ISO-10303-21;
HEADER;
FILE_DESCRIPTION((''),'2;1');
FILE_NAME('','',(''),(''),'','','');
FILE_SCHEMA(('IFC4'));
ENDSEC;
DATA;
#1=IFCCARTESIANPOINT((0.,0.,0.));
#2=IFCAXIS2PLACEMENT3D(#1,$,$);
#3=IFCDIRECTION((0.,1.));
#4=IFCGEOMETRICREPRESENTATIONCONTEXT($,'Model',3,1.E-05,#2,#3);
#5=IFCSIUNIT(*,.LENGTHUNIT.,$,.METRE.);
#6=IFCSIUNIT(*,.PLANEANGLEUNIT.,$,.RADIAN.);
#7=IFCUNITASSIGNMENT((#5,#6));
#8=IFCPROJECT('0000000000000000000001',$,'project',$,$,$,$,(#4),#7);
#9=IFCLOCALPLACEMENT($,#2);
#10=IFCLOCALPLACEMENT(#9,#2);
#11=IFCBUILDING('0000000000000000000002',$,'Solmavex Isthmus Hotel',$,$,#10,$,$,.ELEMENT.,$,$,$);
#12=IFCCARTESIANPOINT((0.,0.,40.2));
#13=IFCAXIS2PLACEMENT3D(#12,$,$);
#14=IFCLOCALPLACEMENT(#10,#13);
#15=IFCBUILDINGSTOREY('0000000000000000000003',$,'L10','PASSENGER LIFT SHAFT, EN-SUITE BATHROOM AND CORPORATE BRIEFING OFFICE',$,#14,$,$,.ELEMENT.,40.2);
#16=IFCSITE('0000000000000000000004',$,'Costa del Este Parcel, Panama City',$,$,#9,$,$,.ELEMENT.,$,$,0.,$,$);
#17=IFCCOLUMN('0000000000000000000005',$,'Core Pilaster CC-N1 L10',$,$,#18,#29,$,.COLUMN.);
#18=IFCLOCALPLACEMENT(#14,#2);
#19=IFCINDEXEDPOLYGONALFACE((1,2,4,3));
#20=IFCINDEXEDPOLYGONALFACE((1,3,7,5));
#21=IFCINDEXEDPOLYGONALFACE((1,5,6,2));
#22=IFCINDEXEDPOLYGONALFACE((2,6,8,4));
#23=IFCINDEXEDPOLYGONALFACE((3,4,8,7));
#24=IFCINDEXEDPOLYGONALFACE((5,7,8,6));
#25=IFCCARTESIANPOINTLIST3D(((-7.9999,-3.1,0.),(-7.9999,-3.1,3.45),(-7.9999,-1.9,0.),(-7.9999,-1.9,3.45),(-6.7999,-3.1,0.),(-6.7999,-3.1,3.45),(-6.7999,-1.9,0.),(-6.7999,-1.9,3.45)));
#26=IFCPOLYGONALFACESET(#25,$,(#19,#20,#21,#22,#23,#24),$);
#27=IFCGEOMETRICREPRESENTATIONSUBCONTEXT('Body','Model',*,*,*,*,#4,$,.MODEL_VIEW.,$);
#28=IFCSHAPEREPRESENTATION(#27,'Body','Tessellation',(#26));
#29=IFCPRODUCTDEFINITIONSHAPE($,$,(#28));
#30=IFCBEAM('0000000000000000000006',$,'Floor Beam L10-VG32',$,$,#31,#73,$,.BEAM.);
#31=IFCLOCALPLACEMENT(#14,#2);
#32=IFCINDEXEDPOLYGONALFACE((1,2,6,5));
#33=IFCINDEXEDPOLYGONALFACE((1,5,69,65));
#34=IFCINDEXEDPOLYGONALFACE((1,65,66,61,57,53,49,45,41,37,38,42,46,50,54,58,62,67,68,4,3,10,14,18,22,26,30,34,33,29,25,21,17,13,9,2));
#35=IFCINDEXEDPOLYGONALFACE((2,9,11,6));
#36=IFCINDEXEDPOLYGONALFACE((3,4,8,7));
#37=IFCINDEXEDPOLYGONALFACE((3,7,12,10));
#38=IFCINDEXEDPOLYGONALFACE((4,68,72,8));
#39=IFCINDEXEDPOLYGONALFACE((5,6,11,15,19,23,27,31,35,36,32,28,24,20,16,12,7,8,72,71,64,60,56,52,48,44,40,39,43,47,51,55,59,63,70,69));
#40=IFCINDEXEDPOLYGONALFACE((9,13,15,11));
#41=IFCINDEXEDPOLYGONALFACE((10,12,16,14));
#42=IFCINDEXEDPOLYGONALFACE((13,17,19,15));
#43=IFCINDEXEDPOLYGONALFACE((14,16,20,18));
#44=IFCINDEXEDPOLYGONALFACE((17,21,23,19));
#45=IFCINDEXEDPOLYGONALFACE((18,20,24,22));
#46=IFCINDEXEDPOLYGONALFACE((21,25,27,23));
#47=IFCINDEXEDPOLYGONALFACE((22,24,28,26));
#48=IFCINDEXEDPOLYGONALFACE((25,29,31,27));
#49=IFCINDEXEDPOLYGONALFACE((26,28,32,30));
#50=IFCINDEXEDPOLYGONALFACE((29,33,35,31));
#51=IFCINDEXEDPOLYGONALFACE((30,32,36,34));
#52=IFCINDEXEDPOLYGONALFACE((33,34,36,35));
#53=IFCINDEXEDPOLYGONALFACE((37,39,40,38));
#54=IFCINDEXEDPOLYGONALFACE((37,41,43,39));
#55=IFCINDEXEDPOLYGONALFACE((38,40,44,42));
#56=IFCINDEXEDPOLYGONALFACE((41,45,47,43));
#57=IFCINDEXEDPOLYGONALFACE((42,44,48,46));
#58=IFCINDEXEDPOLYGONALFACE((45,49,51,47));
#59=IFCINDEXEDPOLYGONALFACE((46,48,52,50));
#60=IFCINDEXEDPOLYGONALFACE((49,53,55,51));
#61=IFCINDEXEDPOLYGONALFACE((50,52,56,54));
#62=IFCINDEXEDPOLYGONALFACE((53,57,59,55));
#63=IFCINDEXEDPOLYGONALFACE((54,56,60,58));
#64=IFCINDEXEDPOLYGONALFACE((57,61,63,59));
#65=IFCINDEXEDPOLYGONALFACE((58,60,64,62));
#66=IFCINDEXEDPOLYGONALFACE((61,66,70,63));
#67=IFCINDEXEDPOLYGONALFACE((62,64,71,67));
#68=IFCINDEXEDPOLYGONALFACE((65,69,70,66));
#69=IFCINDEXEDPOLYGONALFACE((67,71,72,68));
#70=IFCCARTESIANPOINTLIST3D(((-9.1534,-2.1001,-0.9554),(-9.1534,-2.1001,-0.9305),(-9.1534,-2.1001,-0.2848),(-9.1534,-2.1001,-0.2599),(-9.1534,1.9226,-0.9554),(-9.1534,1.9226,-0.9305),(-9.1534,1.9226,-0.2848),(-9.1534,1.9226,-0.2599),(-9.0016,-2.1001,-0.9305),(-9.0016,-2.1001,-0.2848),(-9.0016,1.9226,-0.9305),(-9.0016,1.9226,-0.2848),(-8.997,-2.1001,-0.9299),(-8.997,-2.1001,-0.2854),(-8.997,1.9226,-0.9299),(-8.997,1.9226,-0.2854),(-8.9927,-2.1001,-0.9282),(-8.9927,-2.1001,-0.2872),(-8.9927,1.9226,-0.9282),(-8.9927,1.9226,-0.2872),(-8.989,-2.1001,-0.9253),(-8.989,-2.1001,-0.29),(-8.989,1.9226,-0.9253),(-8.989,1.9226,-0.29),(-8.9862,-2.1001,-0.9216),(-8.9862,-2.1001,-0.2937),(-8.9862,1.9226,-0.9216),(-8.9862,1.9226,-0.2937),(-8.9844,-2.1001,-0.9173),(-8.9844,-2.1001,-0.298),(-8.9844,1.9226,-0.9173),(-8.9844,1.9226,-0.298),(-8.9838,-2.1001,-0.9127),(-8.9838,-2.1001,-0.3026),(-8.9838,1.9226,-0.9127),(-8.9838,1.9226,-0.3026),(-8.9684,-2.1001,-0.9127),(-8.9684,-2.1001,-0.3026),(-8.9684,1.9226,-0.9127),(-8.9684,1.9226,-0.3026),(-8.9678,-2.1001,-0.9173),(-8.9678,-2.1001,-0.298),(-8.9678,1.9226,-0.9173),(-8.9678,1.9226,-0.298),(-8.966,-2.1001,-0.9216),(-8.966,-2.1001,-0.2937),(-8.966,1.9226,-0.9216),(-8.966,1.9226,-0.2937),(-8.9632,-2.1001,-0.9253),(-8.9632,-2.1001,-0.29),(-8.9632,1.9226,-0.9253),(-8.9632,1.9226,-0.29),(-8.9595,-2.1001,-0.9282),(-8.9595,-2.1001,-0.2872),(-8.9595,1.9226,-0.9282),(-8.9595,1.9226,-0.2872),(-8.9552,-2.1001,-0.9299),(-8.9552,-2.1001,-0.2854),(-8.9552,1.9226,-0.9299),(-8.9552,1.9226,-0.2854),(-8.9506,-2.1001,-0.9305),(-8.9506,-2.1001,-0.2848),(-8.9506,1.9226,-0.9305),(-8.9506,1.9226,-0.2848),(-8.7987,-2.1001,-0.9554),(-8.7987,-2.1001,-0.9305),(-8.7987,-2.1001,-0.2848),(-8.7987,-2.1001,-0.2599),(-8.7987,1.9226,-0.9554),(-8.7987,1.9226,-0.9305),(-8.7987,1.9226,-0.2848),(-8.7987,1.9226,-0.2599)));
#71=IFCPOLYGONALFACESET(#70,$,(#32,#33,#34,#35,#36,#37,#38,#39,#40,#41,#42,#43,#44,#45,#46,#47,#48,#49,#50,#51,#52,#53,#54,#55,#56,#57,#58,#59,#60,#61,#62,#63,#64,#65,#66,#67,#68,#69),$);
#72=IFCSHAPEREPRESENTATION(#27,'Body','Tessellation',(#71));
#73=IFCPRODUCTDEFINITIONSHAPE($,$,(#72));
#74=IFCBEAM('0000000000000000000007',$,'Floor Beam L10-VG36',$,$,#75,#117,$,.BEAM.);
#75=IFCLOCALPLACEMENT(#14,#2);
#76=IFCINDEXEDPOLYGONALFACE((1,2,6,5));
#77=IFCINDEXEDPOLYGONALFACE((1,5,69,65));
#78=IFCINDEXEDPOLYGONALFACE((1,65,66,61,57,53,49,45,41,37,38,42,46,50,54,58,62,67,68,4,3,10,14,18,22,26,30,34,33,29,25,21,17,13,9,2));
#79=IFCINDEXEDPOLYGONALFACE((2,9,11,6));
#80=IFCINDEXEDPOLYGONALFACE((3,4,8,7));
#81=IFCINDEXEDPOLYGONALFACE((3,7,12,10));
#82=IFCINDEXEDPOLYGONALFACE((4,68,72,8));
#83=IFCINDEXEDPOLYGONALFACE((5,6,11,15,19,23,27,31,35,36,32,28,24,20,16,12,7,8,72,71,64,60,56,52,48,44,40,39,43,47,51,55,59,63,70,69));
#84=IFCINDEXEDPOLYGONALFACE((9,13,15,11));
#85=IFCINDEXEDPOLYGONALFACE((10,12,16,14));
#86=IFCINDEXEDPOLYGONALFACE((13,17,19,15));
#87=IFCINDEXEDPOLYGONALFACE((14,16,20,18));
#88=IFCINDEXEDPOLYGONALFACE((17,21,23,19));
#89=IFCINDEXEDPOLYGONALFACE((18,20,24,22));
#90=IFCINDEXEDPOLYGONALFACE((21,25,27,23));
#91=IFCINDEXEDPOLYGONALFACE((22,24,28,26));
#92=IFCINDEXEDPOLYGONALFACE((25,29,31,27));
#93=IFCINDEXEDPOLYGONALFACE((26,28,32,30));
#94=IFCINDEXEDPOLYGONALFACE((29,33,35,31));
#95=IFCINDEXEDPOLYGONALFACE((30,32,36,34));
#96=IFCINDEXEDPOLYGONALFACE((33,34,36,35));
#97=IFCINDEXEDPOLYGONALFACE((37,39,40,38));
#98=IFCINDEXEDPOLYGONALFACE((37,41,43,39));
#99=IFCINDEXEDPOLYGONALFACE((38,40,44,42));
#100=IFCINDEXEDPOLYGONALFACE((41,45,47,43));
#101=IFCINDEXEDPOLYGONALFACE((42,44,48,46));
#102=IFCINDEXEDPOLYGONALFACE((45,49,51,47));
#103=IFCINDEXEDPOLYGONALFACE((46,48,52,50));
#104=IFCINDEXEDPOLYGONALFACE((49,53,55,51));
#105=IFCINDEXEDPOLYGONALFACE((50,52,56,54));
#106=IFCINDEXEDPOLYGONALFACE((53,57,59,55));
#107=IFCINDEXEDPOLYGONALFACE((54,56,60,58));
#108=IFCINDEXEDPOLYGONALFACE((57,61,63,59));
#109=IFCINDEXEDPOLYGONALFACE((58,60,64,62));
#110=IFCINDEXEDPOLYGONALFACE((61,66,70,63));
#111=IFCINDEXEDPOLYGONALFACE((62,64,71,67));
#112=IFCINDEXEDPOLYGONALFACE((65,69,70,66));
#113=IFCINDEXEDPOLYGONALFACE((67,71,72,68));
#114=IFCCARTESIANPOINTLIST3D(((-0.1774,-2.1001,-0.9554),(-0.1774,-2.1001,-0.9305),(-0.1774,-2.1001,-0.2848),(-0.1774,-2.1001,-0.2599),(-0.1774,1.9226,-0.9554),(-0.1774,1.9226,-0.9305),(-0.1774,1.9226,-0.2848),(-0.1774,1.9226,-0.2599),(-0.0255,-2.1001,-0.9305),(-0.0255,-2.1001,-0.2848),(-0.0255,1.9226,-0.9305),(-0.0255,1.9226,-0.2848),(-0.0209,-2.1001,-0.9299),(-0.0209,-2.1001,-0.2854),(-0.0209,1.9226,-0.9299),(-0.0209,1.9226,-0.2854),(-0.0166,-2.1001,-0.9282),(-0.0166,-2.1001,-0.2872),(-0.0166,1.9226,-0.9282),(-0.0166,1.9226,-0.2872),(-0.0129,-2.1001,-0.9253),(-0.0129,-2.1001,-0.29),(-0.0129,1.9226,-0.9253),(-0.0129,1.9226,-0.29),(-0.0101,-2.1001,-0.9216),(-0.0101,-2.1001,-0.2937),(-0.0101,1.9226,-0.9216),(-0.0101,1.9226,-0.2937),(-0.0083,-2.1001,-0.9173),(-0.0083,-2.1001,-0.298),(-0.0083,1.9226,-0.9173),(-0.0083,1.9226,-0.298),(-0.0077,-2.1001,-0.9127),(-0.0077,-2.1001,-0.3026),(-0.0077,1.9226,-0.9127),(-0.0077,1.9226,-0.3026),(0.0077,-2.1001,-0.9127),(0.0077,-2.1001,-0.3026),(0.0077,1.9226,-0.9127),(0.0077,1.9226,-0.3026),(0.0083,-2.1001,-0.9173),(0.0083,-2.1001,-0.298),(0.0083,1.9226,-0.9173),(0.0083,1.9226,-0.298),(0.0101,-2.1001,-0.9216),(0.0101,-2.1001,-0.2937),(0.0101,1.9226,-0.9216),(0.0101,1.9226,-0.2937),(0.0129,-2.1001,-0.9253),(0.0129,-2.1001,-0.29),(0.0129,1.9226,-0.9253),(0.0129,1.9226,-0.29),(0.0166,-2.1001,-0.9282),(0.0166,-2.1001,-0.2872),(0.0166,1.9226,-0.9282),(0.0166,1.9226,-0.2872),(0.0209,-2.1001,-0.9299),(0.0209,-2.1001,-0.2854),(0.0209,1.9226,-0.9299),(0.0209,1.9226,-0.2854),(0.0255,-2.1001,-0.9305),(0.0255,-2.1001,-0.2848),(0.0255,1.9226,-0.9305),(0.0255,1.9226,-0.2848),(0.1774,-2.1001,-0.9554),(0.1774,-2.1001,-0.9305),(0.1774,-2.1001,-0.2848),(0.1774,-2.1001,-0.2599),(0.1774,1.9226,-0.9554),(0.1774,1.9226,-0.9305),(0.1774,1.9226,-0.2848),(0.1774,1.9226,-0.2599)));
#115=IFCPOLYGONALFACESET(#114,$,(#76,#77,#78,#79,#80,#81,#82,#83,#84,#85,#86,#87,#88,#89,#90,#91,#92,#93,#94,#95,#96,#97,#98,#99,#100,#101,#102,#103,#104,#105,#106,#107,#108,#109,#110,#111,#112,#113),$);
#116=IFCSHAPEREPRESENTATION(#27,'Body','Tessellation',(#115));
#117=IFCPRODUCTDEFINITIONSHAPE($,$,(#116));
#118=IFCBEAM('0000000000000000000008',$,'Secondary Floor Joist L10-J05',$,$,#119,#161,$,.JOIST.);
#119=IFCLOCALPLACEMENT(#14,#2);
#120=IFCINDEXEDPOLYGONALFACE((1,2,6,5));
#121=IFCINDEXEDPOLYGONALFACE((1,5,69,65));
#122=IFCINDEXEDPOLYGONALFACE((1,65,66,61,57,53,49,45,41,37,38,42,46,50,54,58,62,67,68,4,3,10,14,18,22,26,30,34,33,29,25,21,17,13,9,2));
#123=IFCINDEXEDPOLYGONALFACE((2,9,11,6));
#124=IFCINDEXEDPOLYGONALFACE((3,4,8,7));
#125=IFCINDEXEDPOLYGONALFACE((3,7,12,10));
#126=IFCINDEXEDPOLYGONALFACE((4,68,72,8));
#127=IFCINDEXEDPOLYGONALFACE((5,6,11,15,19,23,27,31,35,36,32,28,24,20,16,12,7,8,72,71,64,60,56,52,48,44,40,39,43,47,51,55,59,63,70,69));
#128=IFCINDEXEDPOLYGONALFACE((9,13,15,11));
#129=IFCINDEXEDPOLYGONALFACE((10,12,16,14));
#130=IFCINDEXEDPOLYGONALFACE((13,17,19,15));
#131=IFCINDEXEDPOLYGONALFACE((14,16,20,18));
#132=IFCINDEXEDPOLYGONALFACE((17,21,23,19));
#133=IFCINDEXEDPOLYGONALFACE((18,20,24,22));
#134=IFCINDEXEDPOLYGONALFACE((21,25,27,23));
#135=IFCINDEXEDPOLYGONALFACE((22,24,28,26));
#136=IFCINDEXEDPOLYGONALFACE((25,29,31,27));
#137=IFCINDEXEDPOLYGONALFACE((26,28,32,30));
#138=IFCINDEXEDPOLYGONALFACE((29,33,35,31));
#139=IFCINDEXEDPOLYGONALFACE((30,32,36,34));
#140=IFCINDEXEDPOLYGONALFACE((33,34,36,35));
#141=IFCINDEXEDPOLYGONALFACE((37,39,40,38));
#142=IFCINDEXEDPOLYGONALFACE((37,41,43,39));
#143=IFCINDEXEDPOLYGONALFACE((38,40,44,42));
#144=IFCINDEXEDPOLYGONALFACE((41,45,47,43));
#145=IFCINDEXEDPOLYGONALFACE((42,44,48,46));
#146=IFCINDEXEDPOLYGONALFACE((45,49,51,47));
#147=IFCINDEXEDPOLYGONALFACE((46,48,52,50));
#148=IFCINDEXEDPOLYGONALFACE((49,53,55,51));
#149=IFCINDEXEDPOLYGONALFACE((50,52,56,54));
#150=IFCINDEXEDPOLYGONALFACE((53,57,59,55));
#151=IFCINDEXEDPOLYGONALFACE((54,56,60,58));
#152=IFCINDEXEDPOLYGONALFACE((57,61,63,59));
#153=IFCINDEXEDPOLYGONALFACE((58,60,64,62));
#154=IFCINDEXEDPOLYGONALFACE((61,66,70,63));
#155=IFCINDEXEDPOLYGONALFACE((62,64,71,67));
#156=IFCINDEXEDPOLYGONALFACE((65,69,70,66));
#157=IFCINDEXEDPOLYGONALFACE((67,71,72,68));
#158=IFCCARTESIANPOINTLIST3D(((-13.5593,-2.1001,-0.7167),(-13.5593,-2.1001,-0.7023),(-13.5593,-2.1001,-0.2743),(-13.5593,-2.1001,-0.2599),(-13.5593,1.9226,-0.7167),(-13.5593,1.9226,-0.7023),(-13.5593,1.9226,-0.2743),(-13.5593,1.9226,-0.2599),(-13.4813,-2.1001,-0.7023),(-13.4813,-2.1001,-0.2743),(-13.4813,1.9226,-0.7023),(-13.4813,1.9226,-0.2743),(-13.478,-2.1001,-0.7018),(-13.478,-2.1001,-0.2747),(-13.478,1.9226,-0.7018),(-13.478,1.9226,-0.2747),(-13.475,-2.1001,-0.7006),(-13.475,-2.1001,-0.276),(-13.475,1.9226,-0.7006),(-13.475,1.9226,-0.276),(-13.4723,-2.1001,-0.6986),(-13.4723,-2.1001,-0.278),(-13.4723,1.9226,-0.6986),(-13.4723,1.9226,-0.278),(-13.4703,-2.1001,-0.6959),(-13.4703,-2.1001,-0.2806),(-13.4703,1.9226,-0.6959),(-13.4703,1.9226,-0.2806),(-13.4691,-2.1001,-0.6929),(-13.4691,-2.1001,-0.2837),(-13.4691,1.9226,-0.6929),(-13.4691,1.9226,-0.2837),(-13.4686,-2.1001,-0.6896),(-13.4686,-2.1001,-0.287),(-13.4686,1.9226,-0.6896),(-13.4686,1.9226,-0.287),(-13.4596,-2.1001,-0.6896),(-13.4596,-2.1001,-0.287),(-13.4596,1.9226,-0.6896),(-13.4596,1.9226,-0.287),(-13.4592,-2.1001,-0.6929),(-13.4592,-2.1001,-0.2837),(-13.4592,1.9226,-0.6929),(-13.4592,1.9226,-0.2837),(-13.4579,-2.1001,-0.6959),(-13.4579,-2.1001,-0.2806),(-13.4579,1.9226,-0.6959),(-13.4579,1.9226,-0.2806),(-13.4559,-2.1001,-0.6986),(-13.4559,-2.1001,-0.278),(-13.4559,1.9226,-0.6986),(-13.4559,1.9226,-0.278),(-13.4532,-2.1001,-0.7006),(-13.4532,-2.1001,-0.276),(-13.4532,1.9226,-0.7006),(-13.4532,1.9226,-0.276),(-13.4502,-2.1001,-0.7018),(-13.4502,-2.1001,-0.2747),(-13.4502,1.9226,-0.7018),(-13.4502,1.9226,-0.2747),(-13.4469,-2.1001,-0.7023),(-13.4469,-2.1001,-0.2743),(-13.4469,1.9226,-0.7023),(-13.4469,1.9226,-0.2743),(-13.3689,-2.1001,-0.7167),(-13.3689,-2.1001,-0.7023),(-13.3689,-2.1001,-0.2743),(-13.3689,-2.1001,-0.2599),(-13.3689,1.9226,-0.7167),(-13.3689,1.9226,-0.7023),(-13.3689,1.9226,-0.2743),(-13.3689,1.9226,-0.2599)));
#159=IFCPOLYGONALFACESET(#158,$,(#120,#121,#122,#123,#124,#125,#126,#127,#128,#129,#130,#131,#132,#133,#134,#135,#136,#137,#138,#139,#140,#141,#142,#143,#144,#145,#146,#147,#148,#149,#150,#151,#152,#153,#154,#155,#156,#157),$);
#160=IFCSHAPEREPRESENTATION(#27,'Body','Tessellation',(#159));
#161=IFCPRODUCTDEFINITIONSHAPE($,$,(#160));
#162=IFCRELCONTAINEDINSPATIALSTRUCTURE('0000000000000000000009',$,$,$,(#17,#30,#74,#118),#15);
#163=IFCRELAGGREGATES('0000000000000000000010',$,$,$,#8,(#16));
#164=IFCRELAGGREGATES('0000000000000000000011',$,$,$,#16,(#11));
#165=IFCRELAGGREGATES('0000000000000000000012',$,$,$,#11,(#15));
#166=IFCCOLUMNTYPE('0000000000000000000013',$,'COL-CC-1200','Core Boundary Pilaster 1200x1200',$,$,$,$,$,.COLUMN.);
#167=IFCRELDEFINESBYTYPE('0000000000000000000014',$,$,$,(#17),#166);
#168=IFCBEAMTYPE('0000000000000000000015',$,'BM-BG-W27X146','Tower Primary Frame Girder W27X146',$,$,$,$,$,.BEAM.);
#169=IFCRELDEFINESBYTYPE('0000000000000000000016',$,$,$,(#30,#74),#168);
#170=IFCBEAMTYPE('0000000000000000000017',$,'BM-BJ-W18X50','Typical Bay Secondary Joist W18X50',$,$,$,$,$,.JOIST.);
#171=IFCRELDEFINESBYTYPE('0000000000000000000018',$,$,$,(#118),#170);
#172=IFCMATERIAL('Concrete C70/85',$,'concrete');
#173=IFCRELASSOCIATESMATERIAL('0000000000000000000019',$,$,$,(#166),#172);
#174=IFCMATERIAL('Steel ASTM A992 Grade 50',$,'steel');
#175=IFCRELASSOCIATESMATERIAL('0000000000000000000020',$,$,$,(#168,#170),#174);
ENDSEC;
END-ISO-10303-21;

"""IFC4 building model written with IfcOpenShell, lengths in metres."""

from ifc_helpers import new_model, si_unit, direction, frame, origin, origin_2d, place, context, subcontext, project, spatial, rectangle, i_section, extrude, material, material_profile, profile_set, type_object, element, save


model = new_model("IFC4")

# Units and contexts
model_context = context("Model", 3, precision=1e-05, world=origin(), true_north=direction((0.0, 1.0)))
body_context = subcontext(model_context, "Body", "Model", "MODEL_VIEW")
ifc_project = project(units=[si_unit("LENGTHUNIT", "METRE"), si_unit("PLANEANGLEUNIT", "RADIAN")], contexts=[model_context])

# Site, building, storey
site_placement = place(None, origin())
site = spatial("IfcSite", under=ifc_project, at=site_placement, Name="Costa del Este Parcel, Panama City", CompositionType="ELEMENT", RefElevation=0.0)
building_placement = place(site_placement, origin())
building = spatial("IfcBuilding", under=site, at=building_placement, Name="Solmavex Isthmus Hotel", CompositionType="ELEMENT")
storey_placement = place(building_placement, frame((0.0, 0.0, 40.2)))
storey = spatial("IfcBuildingStorey", under=building, at=storey_placement, Name="L10", Description="PASSENGER LIFT SHAFT, EN-SUITE BATHROOM AND CORPORATE BRIEFING OFFICE", CompositionType="ELEMENT", Elevation=40.2)

# Column
ifc_material_1 = material(Name="Concrete C70/85", Category="concrete")
ifc_material_profile_1 = material_profile(ifc_material_1, rectangle(XDim=1.2, YDim=1.2, at=origin_2d()), Name="RC1200X1200")
ifc_profile_set_1 = profile_set([ifc_material_profile_1], Name="Concrete C70/85")
column_type = type_object("IfcColumnType", Name="COL-CC-1200", Description="Core Boundary Pilaster 1200x1200", PredefinedType="COLUMN", material=ifc_profile_set_1)
column_placement = place(storey_placement, frame((-7.3999, -2.5, 0.0), z_axis=(0.0, 0.0, 1.0), x_axis=(1.0, 0.0, 0.0)))
element("IfcColumn", 1, at=column_placement, inside=storey, type_object=column_type, Name="Core Pilaster CC-N1 L10", PredefinedType="COLUMN", context=body_context, shape_type="SweptSolid", body=[
    extrude(rectangle(XDim=1.2, YDim=1.2, at=origin_2d()), origin(), (0.0, 0.0, 1.0), 3.45),
])

# Beams
ifc_material_2 = material(Name="Steel ASTM A992 Grade 50", Category="steel")
ifc_material_profile_2 = material_profile(ifc_material_2, i_section(OverallWidth=0.3547, OverallDepth=0.6956, WebThickness=0.0154, FlangeThickness=0.0249, FilletRadius=0.0178, at=origin_2d()), Name="W27X146")
ifc_profile_set_2 = profile_set([ifc_material_profile_2], Name="Steel ASTM A992 Grade 50")
beam_type_1 = type_object("IfcBeamType", Name="BM-BG-W27X146", Description="Tower Primary Frame Girder W27X146", PredefinedType="BEAM", material=ifc_profile_set_2)
for number, where, z_axis, x_axis, name in (
    (2, (-8.9761, -2.1001, -0.6077), (0.0, 1.0, 0.0), (-1.0, 0.0, 0.0), "Floor Beam L10-VG32"),
    (3, (0.0, -2.1001, -0.6077), (0.0, 1.0, 0.0), (-1.0, 0.0, 0.0), "Floor Beam L10-VG36"),
):
    element("IfcBeam", number, at=place(storey_placement, frame(where, z_axis=z_axis, x_axis=x_axis)), inside=storey, type_object=beam_type_1, Name=name, PredefinedType="BEAM", context=body_context, shape_type="SweptSolid", body=[
        extrude(i_section(OverallWidth=0.3547, OverallDepth=0.6956, WebThickness=0.0154, FlangeThickness=0.0249, FilletRadius=0.0178, at=origin_2d()), origin(), (0.0, 0.0, 1.0), 4.0227),
    ])
ifc_material_profile_3 = material_profile(ifc_material_2, i_section(OverallWidth=0.1904, OverallDepth=0.4568, WebThickness=0.009, FlangeThickness=0.0144, FilletRadius=0.0127, at=origin_2d()), Name="W18X50")
ifc_profile_set_3 = profile_set([ifc_material_profile_3], Name="Steel ASTM A992 Grade 50")
beam_type_2 = type_object("IfcBeamType", Name="BM-BJ-W18X50", Description="Typical Bay Secondary Joist W18X50", PredefinedType="JOIST", material=ifc_profile_set_3)
for number, where, z_axis, x_axis, name in (
    (4, (-13.4641, -2.1001, -0.4883), (0.0, 1.0, 0.0), (-1.0, 0.0, 0.0), "Secondary Floor Joist L10-J05"),
):
    element("IfcBeam", number, at=place(storey_placement, frame(where, z_axis=z_axis, x_axis=x_axis)), inside=storey, type_object=beam_type_2, Name=name, PredefinedType="JOIST", context=body_context, shape_type="SweptSolid", body=[
        extrude(i_section(OverallWidth=0.1904, OverallDepth=0.4568, WebThickness=0.009, FlangeThickness=0.0144, FilletRadius=0.0127, at=origin_2d()), origin(), (0.0, 0.0, 1.0), 4.0227),
    ])

save(model, "model.ifc")
